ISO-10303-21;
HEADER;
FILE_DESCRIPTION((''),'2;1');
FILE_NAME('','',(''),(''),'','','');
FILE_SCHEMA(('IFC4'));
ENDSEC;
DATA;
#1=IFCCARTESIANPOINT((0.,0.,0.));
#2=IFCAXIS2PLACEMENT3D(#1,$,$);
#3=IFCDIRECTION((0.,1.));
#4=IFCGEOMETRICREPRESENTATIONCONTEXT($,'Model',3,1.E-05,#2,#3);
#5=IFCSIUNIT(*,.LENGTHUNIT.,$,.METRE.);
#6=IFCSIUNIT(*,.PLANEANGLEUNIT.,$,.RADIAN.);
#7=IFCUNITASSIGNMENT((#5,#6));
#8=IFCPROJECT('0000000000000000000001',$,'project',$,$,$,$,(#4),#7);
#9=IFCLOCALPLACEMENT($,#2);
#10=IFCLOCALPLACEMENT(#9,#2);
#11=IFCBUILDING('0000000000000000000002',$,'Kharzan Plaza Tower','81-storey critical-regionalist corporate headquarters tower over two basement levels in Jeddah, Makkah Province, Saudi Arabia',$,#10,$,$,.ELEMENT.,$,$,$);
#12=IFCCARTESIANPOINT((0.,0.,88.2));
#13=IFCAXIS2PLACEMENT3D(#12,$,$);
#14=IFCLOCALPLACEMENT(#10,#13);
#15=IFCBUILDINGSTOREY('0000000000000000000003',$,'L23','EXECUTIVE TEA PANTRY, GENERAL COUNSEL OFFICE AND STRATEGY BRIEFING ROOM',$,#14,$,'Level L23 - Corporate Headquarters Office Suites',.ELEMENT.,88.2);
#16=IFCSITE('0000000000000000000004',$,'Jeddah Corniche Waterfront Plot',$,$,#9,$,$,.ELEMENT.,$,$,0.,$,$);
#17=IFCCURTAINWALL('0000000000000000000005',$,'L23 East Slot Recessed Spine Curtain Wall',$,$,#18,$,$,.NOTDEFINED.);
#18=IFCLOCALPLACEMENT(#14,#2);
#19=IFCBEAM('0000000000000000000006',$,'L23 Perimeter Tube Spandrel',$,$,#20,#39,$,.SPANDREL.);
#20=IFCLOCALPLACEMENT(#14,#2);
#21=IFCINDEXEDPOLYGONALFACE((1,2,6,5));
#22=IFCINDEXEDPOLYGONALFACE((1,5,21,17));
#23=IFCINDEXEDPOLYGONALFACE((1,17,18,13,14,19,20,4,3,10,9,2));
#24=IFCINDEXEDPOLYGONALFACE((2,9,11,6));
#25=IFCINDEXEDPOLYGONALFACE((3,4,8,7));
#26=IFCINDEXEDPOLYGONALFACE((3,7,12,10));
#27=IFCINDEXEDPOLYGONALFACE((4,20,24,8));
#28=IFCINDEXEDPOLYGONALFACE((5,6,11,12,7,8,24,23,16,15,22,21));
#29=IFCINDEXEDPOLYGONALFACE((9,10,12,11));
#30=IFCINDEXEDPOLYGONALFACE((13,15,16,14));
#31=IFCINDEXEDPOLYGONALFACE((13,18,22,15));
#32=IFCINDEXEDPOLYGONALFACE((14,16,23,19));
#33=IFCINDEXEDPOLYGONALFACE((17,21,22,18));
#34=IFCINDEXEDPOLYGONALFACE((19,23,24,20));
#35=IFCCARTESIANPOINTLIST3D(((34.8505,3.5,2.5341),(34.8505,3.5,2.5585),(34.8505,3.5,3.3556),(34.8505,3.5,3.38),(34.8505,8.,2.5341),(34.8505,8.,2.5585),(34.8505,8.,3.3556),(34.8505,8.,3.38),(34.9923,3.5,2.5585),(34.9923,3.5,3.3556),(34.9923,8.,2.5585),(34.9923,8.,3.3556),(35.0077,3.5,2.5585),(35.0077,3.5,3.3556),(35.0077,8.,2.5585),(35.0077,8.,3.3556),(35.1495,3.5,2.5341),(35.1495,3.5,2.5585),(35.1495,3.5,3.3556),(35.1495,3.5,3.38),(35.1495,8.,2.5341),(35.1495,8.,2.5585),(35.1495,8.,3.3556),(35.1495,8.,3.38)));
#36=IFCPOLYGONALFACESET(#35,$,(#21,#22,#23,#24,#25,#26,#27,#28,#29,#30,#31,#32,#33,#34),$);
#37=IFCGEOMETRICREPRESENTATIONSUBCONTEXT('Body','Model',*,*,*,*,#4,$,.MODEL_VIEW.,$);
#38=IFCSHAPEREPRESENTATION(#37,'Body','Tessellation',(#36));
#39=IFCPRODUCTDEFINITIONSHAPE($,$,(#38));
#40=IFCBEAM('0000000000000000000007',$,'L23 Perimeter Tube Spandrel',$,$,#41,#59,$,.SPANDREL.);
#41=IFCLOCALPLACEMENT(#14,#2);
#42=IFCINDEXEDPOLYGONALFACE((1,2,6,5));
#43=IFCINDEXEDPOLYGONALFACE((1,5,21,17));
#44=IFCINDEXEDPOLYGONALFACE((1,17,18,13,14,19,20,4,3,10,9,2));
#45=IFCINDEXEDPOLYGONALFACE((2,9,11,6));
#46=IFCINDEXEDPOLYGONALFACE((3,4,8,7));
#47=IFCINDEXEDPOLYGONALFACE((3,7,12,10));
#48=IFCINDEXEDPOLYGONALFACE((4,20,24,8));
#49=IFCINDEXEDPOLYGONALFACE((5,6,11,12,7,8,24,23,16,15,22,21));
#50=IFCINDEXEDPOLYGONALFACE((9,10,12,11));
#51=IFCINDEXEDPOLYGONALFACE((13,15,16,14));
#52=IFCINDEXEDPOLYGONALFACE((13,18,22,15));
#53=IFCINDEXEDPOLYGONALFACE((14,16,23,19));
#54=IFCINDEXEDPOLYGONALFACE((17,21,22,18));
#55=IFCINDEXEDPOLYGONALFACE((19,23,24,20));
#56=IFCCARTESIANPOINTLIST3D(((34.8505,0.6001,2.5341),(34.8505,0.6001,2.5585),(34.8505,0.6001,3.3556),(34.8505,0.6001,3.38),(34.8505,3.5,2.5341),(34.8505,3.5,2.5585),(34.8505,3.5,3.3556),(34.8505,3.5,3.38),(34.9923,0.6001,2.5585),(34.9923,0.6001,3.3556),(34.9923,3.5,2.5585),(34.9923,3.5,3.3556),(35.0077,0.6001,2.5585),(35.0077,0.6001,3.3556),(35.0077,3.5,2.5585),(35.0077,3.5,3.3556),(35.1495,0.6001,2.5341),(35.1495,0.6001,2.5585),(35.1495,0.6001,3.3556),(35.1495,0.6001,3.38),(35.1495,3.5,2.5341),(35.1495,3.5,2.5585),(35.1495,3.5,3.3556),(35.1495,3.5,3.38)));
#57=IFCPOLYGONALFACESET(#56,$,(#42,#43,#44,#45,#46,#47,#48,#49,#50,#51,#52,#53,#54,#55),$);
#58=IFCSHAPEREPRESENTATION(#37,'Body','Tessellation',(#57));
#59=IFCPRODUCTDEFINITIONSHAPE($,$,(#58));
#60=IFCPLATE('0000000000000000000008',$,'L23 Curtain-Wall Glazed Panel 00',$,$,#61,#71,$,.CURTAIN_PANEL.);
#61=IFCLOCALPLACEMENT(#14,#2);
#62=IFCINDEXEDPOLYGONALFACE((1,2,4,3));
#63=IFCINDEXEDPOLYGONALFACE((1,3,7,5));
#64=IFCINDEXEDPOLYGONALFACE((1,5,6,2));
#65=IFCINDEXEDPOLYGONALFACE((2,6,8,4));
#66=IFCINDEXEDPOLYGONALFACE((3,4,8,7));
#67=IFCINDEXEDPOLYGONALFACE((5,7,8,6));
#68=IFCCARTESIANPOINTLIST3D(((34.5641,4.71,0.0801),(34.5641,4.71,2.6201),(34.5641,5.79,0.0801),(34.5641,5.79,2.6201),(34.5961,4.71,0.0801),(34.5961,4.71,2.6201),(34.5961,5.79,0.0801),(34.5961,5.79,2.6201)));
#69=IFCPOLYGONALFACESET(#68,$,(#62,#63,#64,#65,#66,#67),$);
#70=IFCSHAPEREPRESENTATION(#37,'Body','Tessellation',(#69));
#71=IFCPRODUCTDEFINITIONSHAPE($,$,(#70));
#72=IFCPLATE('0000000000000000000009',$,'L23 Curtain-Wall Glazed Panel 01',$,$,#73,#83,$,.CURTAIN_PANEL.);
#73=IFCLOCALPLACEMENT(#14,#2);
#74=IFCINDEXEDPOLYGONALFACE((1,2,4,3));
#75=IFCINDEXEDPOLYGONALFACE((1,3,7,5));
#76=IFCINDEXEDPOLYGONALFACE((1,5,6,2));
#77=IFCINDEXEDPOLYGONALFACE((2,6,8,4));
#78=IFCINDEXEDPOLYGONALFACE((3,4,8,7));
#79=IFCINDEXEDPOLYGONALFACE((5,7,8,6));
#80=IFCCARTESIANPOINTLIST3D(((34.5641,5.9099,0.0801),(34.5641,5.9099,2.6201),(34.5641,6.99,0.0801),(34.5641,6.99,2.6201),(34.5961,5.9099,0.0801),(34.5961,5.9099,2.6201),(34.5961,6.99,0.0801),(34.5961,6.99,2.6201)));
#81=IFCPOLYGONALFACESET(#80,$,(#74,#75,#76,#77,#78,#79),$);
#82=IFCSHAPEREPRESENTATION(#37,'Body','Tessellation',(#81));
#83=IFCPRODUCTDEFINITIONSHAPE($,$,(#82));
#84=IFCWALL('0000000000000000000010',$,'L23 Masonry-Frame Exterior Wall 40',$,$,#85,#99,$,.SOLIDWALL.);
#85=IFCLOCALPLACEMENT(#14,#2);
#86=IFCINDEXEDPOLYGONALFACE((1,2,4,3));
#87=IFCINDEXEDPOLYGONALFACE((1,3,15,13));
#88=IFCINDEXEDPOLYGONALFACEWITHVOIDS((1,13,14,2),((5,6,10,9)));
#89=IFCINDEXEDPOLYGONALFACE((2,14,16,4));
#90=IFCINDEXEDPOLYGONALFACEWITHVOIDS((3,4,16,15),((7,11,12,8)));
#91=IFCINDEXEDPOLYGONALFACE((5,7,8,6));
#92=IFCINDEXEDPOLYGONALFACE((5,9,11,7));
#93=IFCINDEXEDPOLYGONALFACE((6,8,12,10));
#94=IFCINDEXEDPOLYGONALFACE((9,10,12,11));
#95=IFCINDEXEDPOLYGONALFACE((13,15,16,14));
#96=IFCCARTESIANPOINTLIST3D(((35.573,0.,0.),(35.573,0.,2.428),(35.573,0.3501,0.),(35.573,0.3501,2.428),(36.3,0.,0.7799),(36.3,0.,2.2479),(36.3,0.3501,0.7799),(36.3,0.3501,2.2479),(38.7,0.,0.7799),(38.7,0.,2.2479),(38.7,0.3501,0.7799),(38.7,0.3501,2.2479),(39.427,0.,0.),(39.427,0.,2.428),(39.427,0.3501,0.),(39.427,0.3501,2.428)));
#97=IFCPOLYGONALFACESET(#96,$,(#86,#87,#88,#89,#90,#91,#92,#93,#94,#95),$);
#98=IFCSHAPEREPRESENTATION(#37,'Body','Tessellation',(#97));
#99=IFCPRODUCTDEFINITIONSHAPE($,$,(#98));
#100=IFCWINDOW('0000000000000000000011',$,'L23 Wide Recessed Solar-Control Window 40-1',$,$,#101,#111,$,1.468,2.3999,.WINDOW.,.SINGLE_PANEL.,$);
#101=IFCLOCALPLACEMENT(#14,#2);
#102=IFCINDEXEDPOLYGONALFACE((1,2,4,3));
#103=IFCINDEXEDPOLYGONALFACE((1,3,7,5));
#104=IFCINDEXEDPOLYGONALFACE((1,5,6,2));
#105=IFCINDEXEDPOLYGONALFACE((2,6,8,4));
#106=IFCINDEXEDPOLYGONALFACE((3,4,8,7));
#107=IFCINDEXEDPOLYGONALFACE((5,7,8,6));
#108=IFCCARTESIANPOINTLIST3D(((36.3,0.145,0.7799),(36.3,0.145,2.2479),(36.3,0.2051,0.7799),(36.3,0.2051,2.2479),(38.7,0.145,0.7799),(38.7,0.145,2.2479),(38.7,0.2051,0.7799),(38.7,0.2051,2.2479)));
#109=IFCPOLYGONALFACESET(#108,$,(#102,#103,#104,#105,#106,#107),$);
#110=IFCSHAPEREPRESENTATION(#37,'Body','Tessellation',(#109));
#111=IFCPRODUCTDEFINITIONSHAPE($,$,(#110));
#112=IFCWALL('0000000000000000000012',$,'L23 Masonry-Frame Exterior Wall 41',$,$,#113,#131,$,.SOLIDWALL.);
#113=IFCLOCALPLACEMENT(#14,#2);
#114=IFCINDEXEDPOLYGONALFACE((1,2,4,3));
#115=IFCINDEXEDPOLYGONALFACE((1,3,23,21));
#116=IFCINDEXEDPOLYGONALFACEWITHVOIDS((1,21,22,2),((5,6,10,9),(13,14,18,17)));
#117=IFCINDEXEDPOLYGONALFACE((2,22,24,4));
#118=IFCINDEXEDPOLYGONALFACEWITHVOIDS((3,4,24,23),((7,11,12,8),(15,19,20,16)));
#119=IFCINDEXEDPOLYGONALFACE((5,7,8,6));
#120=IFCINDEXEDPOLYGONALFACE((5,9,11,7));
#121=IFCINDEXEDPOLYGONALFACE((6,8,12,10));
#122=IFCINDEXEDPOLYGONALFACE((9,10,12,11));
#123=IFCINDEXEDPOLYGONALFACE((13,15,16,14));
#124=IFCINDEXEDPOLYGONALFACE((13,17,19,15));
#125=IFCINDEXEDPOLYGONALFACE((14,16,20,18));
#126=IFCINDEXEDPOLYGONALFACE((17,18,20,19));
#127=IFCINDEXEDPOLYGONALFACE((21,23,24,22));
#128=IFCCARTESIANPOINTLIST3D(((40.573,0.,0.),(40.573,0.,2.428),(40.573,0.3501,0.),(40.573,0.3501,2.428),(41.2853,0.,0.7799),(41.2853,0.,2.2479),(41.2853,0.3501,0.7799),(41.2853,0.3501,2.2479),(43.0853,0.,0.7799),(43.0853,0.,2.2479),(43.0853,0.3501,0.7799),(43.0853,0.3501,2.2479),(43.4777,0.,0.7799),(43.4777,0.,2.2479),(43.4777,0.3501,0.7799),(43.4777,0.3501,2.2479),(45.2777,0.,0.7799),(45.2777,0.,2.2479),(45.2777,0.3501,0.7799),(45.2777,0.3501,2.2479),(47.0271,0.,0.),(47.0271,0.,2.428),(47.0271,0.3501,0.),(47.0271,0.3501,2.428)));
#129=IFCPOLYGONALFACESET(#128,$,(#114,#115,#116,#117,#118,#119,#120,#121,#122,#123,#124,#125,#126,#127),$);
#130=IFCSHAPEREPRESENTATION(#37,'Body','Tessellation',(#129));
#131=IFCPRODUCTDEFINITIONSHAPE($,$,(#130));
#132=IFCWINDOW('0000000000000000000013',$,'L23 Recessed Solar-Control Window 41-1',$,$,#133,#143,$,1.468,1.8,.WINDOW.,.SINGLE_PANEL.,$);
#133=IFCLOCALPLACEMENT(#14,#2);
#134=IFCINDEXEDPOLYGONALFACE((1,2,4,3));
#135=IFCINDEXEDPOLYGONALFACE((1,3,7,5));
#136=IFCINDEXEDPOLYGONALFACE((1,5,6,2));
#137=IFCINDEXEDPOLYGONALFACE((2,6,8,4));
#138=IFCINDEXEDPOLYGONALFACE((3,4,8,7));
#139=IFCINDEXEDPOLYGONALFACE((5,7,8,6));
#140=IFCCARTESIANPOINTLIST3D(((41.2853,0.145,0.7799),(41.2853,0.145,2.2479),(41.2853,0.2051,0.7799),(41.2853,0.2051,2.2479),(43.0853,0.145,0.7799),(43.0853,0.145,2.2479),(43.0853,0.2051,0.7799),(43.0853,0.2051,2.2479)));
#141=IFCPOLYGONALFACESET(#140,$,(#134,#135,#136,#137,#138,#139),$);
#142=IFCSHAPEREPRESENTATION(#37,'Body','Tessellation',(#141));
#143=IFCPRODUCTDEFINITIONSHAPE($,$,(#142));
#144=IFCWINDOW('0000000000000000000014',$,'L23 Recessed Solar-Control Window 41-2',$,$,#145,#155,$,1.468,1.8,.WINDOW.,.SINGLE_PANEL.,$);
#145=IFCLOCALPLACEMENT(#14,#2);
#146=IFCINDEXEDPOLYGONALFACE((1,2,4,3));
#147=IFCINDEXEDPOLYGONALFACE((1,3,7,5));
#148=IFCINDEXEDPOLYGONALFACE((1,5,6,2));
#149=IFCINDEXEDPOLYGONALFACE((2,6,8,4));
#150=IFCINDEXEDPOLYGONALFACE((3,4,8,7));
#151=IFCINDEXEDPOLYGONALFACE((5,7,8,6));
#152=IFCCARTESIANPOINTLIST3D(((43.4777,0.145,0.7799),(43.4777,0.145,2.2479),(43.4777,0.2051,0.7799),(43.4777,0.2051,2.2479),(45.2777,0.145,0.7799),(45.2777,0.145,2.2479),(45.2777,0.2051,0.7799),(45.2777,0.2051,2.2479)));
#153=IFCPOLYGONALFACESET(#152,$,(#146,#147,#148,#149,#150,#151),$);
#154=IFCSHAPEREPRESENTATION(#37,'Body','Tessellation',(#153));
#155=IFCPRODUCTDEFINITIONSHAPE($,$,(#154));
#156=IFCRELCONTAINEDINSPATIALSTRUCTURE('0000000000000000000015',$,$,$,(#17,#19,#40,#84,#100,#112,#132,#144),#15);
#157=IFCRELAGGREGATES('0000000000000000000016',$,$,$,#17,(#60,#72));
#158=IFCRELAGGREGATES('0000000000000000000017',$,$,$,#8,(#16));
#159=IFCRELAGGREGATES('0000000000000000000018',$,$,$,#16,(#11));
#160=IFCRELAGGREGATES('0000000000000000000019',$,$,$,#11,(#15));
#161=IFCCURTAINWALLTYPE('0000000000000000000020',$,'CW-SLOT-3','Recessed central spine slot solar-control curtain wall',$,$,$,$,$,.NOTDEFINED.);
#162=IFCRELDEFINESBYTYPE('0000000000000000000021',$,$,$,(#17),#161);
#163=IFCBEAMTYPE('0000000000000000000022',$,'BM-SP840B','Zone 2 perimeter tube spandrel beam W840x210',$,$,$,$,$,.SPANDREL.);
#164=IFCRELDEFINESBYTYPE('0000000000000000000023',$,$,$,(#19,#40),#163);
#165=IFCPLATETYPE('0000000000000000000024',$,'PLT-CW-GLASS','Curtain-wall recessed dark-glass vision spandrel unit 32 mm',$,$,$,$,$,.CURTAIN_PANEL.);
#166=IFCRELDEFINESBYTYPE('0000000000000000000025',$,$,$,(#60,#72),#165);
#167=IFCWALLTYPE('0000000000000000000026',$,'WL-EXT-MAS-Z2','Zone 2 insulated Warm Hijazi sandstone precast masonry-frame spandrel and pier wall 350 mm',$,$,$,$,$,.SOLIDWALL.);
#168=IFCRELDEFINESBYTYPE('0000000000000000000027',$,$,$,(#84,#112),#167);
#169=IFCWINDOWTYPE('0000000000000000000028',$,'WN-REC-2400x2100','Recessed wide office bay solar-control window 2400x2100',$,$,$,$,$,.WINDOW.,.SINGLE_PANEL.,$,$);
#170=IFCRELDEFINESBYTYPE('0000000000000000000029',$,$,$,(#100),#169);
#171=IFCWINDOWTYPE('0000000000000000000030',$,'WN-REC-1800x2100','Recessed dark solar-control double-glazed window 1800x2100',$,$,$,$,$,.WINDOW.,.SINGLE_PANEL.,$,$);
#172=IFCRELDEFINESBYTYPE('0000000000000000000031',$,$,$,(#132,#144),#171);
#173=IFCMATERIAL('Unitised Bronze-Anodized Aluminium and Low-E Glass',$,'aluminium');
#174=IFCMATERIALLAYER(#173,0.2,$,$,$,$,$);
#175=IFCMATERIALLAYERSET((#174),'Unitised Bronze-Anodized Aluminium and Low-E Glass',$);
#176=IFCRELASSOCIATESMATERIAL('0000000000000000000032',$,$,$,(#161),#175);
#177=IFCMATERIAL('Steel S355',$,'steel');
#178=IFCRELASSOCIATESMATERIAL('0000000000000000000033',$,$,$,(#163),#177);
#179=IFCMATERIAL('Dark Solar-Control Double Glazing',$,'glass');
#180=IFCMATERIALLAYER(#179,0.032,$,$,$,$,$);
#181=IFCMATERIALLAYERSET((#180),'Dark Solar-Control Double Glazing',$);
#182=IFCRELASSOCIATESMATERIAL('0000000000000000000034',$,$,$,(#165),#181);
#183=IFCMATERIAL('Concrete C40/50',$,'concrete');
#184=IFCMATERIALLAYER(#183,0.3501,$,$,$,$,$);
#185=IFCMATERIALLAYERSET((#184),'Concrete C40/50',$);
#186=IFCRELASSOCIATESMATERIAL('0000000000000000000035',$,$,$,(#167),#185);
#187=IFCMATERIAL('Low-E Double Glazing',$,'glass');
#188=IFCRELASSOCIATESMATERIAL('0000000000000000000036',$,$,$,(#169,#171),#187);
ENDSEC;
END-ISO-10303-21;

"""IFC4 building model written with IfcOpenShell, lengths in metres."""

from ifc_helpers import new_model, si_unit, direction, frame, frame_2d, origin, origin_2d, place, context, subcontext, project, spatial, rectangle, i_section, extrude, source, transform, mapped, material, layer, layer_set, material_profile, profile_set, type_object, element, fill, aggregate, save


model = new_model("IFC4")

# Units and contexts
model_context = context("Model", 3, precision=1e-05, world=origin(), true_north=direction((0.0, 1.0)))
body_context = subcontext(model_context, "Body", "Model", "MODEL_VIEW")
ifc_project = project(units=[si_unit("LENGTHUNIT", "METRE"), si_unit("PLANEANGLEUNIT", "RADIAN")], contexts=[model_context])

# Site, building, storey
site_placement = place(None, origin())
site = spatial("IfcSite", under=ifc_project, at=site_placement, Name="Jeddah Corniche Waterfront Plot", CompositionType="ELEMENT", RefElevation=0.0)
building_placement = place(site_placement, origin())
building = spatial("IfcBuilding", under=site, at=building_placement, Name="Kharzan Plaza Tower", Description="81-storey critical-regionalist corporate headquarters tower over two basement levels in Jeddah, Makkah Province, Saudi Arabia", CompositionType="ELEMENT")
storey_placement = place(building_placement, frame((0.0, 0.0, 88.2)))
storey = spatial("IfcBuildingStorey", under=building, at=storey_placement, Name="L23", Description="EXECUTIVE TEA PANTRY, GENERAL COUNSEL OFFICE AND STRATEGY BRIEFING ROOM", LongName="Level L23 - Corporate Headquarters Office Suites", CompositionType="ELEMENT", Elevation=88.2)

# Shared definitions
ifc_material_1 = material(Name="Steel S355", Category="steel")

# Curtain wall
ifc_material_2 = material(Name="Unitised Bronze-Anodized Aluminium and Low-E Glass", Category="aluminium")
ifc_layer_1 = layer(ifc_material_2, 0.2)
ifc_layer_set_1 = layer_set([ifc_layer_1], Name="Unitised Bronze-Anodized Aluminium and Low-E Glass")
curtain_wall_type = type_object("IfcCurtainWallType", Name="CW-SLOT-3", Description="Recessed central spine slot solar-control curtain wall", PredefinedType="NOTDEFINED", material=ifc_layer_set_1)
curtain_wall_placement = place(storey_placement, origin())
curtain_wall = element("IfcCurtainWall", 1, at=curtain_wall_placement, inside=storey, type_object=curtain_wall_type, Name="L23 East Slot Recessed Spine Curtain Wall", PredefinedType="NOTDEFINED")

# Beams
ifc_material_profile_1 = material_profile(ifc_material_1, i_section(OverallWidth=0.2991, OverallDepth=0.8459, WebThickness=0.0154, FlangeThickness=0.0244, at=origin_2d()), Name="W840x210")
ifc_profile_set_1 = profile_set([ifc_material_profile_1], Name="Steel S355")
beam_type_1 = type_object("IfcBeamType", Name="BM-SP840B", Description="Zone 2 perimeter tube spandrel beam W840x210", PredefinedType="SPANDREL", material=ifc_profile_set_1)
shared_shape_1 = source(origin(), body_context, "Body", "SweptSolid", [
    extrude(i_section(OverallWidth=0.2991, OverallDepth=0.8459, WebThickness=0.0154, FlangeThickness=0.0244, at=origin_2d()), origin(), (0.0, 0.0, 1.0), 4.5),
])
beam_1_placement = place(storey_placement, frame((35.0, 3.5, 2.957), z_axis=(0.0, 1.0, 0.0), x_axis=(-1.0, 0.0, 0.0)))
element("IfcBeam", 2, at=beam_1_placement, inside=storey, type_object=beam_type_1, Name="L23 Perimeter Tube Spandrel", PredefinedType="SPANDREL", context=body_context, shape_type="MappedRepresentation", body=[
    mapped(shared_shape_1, transform((0.0, 0.0, 0.0), x_axis=(1.0, 0.0, 0.0), y_axis=(0.0, 1.0, 0.0), z_axis=(0.0, 0.0, 1.0))),
])
shared_shape_2 = source(origin(), body_context, "Body", "SweptSolid", [
    extrude(i_section(OverallWidth=0.2991, OverallDepth=0.8459, WebThickness=0.0154, FlangeThickness=0.0244, at=origin_2d()), origin(), (0.0, 0.0, 1.0), 2.8999),
])
beam_2_placement = place(storey_placement, frame((35.0, 0.6001, 2.957), z_axis=(0.0, 1.0, 0.0), x_axis=(-1.0, 0.0, 0.0)))
element("IfcBeam", 3, at=beam_2_placement, inside=storey, type_object=beam_type_1, Name="L23 Perimeter Tube Spandrel", PredefinedType="SPANDREL", context=body_context, shape_type="MappedRepresentation", body=[
    mapped(shared_shape_2, transform((0.0, 0.0, 0.0), x_axis=(1.0, 0.0, 0.0), y_axis=(0.0, 1.0, 0.0), z_axis=(0.0, 0.0, 1.0))),
])

# Plates
ifc_material_3 = material(Name="Dark Solar-Control Double Glazing", Category="glass")
ifc_layer_2 = layer(ifc_material_3, 0.032)
ifc_layer_set_2 = layer_set([ifc_layer_2], Name="Dark Solar-Control Double Glazing")
plate_type = type_object("IfcPlateType", Name="PLT-CW-GLASS", Description="Curtain-wall recessed dark-glass vision spandrel unit 32 mm", PredefinedType="CURTAIN_PANEL", material=ifc_layer_set_2)
shared_shape_3 = source(origin(), body_context, "Body", "SweptSolid", [
    extrude(rectangle(XDim=1.0801, YDim=0.032, at=origin_2d()), origin(), (0.0, 0.0, 1.0), 2.54),
])
plate_1_placement = place(storey_placement, frame((34.5801, 5.25, 0.0801), z_axis=(0.0, 0.0, 1.0), x_axis=(0.0, 1.0, 0.0)))
plate_1 = element("IfcPlate", 4, at=plate_1_placement, type_object=plate_type, Name="L23 Curtain-Wall Glazed Panel 00", PredefinedType="CURTAIN_PANEL", context=body_context, shape_type="MappedRepresentation", body=[
    mapped(shared_shape_3, transform((0.0, 0.0, 0.0), x_axis=(1.0, 0.0, 0.0), y_axis=(0.0, 1.0, 0.0), z_axis=(0.0, 0.0, 1.0))),
])
plate_2_placement = place(storey_placement, frame((34.5801, 6.45, 0.0801), z_axis=(0.0, 0.0, 1.0), x_axis=(0.0, 1.0, 0.0)))
plate_2 = element("IfcPlate", 5, at=plate_2_placement, type_object=plate_type, Name="L23 Curtain-Wall Glazed Panel 01", PredefinedType="CURTAIN_PANEL", context=body_context, shape_type="MappedRepresentation", body=[
    mapped(shared_shape_3, transform((0.0, 0.0, 0.0), x_axis=(1.0, 0.0, 0.0), y_axis=(0.0, 1.0, 0.0), z_axis=(0.0, 0.0, 1.0))),
])
aggregate(curtain_wall, [plate_1, plate_2])

# Wall, opening, window
ifc_material_4 = material(Name="Concrete C40/50", Category="concrete")
ifc_layer_3 = layer(ifc_material_4, 0.3501)
ifc_layer_set_3 = layer_set([ifc_layer_3], Name="Concrete C40/50")
wall_type_1 = type_object("IfcWallType", Name="WL-EXT-MAS-Z2", Description="Zone 2 insulated Warm Hijazi sandstone precast masonry-frame spandrel and pier wall 350 mm", PredefinedType="SOLIDWALL", material=ifc_layer_set_3)
wall_1_placement = place(storey_placement, frame((35.573, 0.175, 0.0), z_axis=(0.0, 0.0, 1.0), x_axis=(1.0, 0.0, 0.0)))
wall_1 = element("IfcWall", 6, at=wall_1_placement, inside=storey, type_object=wall_type_1, Name="L23 Masonry-Frame Exterior Wall 40", PredefinedType="SOLIDWALL", context=body_context, shape_type="SweptSolid", body=[
    extrude(rectangle(XDim=3.854, YDim=0.3501, at=frame_2d((1.927, 0.0))), origin(), (0.0, 0.0, 1.0), 2.428),
])
opening_1_placement = place(wall_1_placement, frame((0.7271, 0.0, 0.78)))
opening_1 = element("IfcOpeningElement", 7, at=opening_1_placement, cuts=wall_1, PredefinedType="OPENING", context=body_context, shape_type="SweptSolid", body=[
    extrude(rectangle(XDim=2.3999, YDim=1.468, at=frame_2d((1.2, 0.7339))), frame((0.0, 0.1851, 0.0), z_axis=(0.0, -1.0, 0.0), x_axis=(1.0, 0.0, 0.0)), (0.0, 0.0, 1.0), 0.3701),
])
ifc_material_5 = material(Name="Low-E Double Glazing", Category="glass")
window_type_1 = type_object("IfcWindowType", Name="WN-REC-2400x2100", Description="Recessed wide office bay solar-control window 2400x2100", PartitioningType="SINGLE_PANEL", PredefinedType="WINDOW", material=ifc_material_5)
shared_shape_4 = source(origin(), body_context, "Body", "SweptSolid", [
    extrude(rectangle(XDim=2.3999, YDim=1.468, at=frame_2d((1.2, 0.7339))), frame((0.0, 0.03, 0.0), z_axis=(0.0, -1.0, 0.0), x_axis=(1.0, 0.0, 0.0)), (0.0, 0.0, 1.0), 0.0601),
])
window_1_placement = place(opening_1_placement, origin())
window_1 = element("IfcWindow", 8, at=window_1_placement, inside=storey, type_object=window_type_1, Name="L23 Wide Recessed Solar-Control Window 40-1", OverallHeight=1.468, OverallWidth=2.3999, PartitioningType="SINGLE_PANEL", PredefinedType="WINDOW", context=body_context, shape_type="MappedRepresentation", body=[
    mapped(shared_shape_4, transform((0.0, 0.0, 0.0), x_axis=(1.0, 0.0, 0.0), y_axis=(0.0, 1.0, 0.0), z_axis=(0.0, 0.0, 1.0))),
])
fill(opening_1, window_1)

# Wall, openings, windows
wall_2_placement = place(storey_placement, frame((40.573, 0.175, 0.0), z_axis=(0.0, 0.0, 1.0), x_axis=(1.0, 0.0, 0.0)))
wall_2 = element("IfcWall", 9, at=wall_2_placement, inside=storey, type_object=wall_type_1, Name="L23 Masonry-Frame Exterior Wall 41", PredefinedType="SOLIDWALL", context=body_context, shape_type="SweptSolid", body=[
    extrude(rectangle(XDim=6.4541, YDim=0.3501, at=frame_2d((3.2271, 0.0))), origin(), (0.0, 0.0, 1.0), 2.428),
])
opening_2_placement = place(wall_2_placement, frame((0.7124, 0.0, 0.78)))
opening_2 = element("IfcOpeningElement", 10, at=opening_2_placement, cuts=wall_2, PredefinedType="OPENING", context=body_context, shape_type="SweptSolid", body=[
    extrude(rectangle(XDim=1.8, YDim=1.468, at=frame_2d((0.8999, 0.7339))), frame((0.0, 0.1851, 0.0), z_axis=(0.0, -1.0, 0.0), x_axis=(1.0, 0.0, 0.0)), (0.0, 0.0, 1.0), 0.3701),
])
opening_3_placement = place(wall_2_placement, frame((2.9048, 0.0, 0.78)))
opening_3 = element("IfcOpeningElement", 11, at=opening_3_placement, cuts=wall_2, PredefinedType="OPENING", context=body_context, shape_type="SweptSolid", body=[
    extrude(rectangle(XDim=1.8, YDim=1.468, at=frame_2d((0.8999, 0.7339))), frame((0.0, 0.1851, 0.0), z_axis=(0.0, -1.0, 0.0), x_axis=(1.0, 0.0, 0.0)), (0.0, 0.0, 1.0), 0.3701),
])
window_type_2 = type_object("IfcWindowType", Name="WN-REC-1800x2100", Description="Recessed dark solar-control double-glazed window 1800x2100", PartitioningType="SINGLE_PANEL", PredefinedType="WINDOW", material=ifc_material_5)
shared_shape_5 = source(origin(), body_context, "Body", "SweptSolid", [
    extrude(rectangle(XDim=1.8, YDim=1.468, at=frame_2d((0.8999, 0.7339))), frame((0.0, 0.03, 0.0), z_axis=(0.0, -1.0, 0.0), x_axis=(1.0, 0.0, 0.0)), (0.0, 0.0, 1.0), 0.0601),
])
window_2_placement = place(opening_2_placement, origin())
window_2 = element("IfcWindow", 12, at=window_2_placement, inside=storey, type_object=window_type_2, Name="L23 Recessed Solar-Control Window 41-1", OverallHeight=1.468, OverallWidth=1.8, PartitioningType="SINGLE_PANEL", PredefinedType="WINDOW", context=body_context, shape_type="MappedRepresentation", body=[
    mapped(shared_shape_5, transform((0.0, 0.0, 0.0), x_axis=(1.0, 0.0, 0.0), y_axis=(0.0, 1.0, 0.0), z_axis=(0.0, 0.0, 1.0))),
])
fill(opening_2, window_2)
window_3_placement = place(opening_3_placement, origin())
window_3 = element("IfcWindow", 13, at=window_3_placement, inside=storey, type_object=window_type_2, Name="L23 Recessed Solar-Control Window 41-2", OverallHeight=1.468, OverallWidth=1.8, PartitioningType="SINGLE_PANEL", PredefinedType="WINDOW", context=body_context, shape_type="MappedRepresentation", body=[
    mapped(shared_shape_5, transform((0.0, 0.0, 0.0), x_axis=(1.0, 0.0, 0.0), y_axis=(0.0, 1.0, 0.0), z_axis=(0.0, 0.0, 1.0))),
])
fill(opening_3, window_3)

save(model, "model.ifc")
